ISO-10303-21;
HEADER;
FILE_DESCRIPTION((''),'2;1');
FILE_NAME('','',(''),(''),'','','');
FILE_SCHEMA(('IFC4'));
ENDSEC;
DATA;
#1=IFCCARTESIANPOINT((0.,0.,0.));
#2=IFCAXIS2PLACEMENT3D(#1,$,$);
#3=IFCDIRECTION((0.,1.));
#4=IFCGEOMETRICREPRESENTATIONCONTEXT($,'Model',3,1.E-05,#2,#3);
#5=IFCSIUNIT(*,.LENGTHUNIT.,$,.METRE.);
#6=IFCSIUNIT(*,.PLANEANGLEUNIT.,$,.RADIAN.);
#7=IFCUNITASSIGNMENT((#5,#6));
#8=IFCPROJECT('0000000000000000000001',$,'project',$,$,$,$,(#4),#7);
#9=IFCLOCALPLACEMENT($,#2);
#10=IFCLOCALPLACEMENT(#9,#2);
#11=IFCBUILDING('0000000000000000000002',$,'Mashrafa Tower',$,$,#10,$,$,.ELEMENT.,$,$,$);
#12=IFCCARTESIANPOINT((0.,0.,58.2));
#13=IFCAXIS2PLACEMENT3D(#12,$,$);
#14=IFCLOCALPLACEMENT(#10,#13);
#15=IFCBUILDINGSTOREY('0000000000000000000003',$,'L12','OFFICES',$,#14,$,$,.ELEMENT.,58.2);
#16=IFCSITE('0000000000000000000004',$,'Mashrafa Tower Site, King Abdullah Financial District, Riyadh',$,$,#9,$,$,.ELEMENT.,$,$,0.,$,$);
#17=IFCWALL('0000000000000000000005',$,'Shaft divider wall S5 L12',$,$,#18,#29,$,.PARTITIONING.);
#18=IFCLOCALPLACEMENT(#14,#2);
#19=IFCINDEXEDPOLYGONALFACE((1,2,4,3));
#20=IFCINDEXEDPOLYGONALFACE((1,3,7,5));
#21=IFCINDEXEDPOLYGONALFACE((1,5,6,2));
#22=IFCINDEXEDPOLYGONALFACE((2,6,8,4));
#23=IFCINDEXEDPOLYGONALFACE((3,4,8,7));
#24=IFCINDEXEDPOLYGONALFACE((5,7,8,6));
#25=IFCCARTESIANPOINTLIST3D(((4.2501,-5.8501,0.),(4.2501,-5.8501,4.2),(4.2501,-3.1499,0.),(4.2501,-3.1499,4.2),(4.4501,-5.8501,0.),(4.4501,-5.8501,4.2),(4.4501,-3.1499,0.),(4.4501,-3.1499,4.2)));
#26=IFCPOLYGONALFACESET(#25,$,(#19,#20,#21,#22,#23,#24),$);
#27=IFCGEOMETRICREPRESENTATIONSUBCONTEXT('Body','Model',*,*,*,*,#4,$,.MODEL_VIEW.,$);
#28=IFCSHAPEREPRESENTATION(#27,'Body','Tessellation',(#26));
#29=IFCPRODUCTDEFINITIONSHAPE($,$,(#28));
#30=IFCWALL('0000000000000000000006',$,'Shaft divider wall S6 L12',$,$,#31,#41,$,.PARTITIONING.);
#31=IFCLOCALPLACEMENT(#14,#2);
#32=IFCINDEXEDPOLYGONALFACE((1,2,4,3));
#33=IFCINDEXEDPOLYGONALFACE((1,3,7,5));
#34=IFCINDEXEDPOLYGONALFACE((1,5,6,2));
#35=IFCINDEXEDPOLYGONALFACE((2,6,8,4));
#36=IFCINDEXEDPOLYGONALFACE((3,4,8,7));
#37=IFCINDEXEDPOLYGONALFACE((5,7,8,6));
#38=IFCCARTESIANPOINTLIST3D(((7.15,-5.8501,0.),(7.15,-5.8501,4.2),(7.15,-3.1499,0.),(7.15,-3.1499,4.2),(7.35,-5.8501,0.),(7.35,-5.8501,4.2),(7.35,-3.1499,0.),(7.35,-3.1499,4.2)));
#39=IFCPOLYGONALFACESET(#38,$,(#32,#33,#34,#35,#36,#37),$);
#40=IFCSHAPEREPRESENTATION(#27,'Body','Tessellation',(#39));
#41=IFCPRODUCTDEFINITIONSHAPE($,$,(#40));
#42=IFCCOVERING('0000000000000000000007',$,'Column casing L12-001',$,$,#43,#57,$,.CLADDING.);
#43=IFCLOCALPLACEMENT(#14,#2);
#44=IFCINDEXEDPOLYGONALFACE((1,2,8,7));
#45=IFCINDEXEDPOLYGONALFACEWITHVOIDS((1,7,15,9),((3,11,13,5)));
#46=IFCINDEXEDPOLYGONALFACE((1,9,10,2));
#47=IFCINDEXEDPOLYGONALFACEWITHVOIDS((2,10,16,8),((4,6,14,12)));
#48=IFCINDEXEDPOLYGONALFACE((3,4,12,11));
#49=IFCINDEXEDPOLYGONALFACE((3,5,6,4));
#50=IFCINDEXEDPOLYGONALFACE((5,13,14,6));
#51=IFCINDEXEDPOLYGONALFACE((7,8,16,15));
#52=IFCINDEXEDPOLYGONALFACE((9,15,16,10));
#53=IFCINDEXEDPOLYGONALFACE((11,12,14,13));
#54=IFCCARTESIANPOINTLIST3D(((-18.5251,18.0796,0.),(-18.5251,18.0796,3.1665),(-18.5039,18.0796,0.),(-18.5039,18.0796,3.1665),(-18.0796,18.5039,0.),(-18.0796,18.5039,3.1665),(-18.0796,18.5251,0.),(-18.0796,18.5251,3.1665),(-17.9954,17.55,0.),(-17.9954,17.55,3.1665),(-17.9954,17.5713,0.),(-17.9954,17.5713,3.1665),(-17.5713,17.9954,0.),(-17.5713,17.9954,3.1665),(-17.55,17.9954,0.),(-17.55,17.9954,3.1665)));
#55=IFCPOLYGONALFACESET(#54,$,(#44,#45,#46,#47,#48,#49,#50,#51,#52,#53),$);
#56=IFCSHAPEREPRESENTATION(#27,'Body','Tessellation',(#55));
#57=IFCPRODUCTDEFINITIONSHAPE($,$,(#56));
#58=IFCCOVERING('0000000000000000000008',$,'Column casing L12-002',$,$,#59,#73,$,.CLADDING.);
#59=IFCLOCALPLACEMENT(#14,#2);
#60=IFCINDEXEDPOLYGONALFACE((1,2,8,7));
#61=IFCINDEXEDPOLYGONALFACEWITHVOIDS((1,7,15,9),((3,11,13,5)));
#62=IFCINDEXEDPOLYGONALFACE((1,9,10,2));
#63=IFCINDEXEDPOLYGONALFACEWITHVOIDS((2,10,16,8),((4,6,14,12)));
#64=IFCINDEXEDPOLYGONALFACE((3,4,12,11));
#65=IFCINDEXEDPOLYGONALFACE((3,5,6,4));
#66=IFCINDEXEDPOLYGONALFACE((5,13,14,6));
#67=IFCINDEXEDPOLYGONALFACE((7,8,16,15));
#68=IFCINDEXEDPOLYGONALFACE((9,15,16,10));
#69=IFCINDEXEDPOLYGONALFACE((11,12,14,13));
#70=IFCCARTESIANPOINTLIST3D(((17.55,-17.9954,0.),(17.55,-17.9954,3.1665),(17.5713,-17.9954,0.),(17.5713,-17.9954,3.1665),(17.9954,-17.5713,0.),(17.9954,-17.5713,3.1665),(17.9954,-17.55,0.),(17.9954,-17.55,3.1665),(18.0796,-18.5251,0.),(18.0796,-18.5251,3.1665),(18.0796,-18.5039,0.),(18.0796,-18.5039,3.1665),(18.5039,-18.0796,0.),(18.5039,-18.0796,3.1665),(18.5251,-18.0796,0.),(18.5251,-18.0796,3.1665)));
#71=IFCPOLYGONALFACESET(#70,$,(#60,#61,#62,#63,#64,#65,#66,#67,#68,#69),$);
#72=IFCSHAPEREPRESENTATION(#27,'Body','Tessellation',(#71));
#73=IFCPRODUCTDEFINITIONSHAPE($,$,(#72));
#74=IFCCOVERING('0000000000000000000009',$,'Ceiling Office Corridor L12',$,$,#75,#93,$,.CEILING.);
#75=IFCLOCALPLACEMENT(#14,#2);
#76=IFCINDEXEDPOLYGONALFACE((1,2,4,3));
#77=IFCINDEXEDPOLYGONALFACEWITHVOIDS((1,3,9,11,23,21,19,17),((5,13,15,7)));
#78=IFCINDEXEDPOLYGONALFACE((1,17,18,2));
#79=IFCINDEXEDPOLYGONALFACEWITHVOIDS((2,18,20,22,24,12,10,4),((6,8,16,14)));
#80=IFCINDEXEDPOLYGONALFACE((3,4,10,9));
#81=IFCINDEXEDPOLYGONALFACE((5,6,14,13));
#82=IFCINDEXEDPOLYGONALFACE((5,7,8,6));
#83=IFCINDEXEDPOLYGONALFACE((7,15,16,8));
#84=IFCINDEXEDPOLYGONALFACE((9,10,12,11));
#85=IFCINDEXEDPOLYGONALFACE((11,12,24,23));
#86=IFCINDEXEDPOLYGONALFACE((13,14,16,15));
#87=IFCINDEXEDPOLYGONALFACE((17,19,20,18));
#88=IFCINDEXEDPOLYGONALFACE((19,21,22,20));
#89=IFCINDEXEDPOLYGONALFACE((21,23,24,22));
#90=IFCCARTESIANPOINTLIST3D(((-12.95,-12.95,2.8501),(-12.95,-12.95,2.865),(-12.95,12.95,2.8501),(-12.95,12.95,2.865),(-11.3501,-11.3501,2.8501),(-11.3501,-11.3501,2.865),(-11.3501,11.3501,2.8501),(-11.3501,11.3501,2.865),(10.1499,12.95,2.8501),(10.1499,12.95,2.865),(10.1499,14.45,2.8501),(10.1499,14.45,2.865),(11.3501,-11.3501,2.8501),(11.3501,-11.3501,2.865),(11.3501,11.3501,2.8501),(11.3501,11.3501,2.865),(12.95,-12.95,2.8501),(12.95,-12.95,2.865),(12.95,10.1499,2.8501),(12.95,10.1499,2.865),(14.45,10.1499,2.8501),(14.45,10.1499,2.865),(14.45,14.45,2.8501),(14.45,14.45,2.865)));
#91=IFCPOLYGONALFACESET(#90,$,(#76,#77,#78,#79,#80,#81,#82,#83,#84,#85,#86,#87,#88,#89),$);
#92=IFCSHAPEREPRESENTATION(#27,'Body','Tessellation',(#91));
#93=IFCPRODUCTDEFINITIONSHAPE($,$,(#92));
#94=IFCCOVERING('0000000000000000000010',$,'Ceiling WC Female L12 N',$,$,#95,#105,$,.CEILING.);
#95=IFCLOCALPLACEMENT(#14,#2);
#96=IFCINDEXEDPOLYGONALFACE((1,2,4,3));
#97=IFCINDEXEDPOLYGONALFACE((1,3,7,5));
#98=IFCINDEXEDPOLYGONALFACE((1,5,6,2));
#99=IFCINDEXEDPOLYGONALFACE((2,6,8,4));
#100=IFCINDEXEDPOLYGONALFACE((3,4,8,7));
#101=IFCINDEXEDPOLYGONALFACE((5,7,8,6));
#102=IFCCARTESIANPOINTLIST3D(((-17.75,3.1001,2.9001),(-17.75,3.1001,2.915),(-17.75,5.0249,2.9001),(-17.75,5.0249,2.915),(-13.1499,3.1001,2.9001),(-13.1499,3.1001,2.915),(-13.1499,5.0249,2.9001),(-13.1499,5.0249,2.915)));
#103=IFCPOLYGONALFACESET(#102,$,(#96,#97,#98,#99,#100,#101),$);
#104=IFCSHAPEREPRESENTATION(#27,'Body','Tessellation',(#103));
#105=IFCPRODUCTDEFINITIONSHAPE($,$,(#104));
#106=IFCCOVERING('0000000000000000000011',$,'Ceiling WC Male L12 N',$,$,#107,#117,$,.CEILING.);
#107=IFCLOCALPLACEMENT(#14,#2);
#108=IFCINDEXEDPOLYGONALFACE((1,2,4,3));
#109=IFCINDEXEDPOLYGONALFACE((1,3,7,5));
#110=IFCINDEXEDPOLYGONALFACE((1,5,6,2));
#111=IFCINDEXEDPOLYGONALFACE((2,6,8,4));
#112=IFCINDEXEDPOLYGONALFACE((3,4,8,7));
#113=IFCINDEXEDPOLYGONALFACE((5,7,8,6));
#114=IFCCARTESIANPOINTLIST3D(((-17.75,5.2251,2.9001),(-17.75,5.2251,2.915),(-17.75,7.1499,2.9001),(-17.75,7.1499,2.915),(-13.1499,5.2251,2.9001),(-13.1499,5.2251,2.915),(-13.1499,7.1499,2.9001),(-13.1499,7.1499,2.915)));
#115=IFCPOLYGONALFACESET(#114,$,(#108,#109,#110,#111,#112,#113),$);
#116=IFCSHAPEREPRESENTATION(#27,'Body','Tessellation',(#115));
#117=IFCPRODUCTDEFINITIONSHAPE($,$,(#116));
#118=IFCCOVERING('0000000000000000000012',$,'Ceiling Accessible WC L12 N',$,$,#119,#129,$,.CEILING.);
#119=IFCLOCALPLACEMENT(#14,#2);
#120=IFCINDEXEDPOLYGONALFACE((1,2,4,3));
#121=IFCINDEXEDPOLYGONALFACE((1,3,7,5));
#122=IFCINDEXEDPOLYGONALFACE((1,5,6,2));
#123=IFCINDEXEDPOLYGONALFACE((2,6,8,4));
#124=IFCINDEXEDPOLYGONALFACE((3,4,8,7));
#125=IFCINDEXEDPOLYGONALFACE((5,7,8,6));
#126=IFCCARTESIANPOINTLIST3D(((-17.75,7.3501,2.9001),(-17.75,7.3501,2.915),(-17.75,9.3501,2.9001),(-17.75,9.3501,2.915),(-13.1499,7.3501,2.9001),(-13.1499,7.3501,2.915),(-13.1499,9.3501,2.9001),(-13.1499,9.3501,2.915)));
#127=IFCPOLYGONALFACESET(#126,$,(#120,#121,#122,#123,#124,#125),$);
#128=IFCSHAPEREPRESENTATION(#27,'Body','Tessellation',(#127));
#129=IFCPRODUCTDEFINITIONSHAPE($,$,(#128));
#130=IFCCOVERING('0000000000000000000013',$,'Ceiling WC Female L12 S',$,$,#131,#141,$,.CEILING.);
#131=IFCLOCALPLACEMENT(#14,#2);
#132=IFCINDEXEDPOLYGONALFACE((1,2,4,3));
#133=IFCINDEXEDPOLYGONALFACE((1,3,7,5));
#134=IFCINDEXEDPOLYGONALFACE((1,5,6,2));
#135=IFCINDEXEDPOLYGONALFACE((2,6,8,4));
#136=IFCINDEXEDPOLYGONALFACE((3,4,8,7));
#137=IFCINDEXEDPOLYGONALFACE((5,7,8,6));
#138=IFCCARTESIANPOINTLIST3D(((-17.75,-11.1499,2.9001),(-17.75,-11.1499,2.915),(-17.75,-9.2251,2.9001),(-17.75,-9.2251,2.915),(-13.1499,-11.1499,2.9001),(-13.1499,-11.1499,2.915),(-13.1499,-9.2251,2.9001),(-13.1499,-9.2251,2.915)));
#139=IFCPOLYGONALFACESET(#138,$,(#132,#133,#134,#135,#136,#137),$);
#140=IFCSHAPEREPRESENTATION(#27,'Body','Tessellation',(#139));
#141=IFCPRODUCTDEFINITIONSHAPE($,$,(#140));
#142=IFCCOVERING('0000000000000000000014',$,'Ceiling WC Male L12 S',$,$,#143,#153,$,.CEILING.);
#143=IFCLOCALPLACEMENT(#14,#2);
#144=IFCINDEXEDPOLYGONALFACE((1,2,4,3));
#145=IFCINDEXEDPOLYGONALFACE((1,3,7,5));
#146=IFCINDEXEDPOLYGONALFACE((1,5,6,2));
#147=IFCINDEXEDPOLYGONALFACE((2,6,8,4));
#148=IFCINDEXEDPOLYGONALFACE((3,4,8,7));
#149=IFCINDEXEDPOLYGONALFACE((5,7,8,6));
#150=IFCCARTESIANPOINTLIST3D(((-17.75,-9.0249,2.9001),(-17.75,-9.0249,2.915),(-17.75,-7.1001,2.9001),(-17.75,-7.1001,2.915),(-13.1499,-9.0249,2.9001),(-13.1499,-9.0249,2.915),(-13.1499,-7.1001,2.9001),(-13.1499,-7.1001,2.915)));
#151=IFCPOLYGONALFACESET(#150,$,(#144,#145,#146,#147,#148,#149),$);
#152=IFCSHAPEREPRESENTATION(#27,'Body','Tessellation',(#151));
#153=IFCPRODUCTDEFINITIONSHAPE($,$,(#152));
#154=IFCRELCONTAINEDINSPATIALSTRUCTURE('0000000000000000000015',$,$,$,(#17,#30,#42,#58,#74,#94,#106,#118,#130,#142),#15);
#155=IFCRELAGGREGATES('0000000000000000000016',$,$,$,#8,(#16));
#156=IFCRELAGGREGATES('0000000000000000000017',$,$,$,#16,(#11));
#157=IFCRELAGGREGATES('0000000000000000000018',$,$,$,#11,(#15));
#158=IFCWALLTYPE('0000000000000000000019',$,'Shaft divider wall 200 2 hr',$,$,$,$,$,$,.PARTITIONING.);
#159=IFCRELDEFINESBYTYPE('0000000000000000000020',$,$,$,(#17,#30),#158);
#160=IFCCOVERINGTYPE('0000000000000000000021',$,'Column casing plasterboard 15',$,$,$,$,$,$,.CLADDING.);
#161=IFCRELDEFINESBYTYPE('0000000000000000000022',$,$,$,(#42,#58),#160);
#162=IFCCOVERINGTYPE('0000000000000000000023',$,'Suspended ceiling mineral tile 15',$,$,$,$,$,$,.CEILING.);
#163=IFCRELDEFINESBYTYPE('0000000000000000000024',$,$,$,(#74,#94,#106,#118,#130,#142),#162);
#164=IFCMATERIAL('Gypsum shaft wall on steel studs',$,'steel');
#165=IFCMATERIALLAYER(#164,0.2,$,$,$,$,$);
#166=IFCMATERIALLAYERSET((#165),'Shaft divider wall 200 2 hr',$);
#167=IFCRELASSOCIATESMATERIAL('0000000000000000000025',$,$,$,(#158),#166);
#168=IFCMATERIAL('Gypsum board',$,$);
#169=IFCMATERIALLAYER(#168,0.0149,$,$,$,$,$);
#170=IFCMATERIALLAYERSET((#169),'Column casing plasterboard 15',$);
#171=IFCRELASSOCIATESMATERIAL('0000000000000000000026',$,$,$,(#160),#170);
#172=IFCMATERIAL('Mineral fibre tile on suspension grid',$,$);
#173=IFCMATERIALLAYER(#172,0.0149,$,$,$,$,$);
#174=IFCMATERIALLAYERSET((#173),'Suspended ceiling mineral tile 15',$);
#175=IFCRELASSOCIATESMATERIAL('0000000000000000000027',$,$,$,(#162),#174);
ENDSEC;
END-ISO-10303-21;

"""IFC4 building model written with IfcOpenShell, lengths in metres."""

from ifc_helpers import new_model, si_unit, direction, frame, frame_2d, origin, place, context, subcontext, project, spatial, polyline, rectangle, outline, extrude, material, layer, layer_set, type_object, element, save


model = new_model("IFC4")

# Units and contexts
model_context = context("Model", 3, precision=1e-05, world=origin(), true_north=direction((0.0, 1.0)))
body_context = subcontext(model_context, "Body", "Model", "MODEL_VIEW")
ifc_project = project(units=[si_unit("LENGTHUNIT", "METRE"), si_unit("PLANEANGLEUNIT", "RADIAN")], contexts=[model_context])

# Site, building, storey
site_placement = place(None, origin())
site = spatial("IfcSite", under=ifc_project, at=site_placement, Name="Mashrafa Tower Site, King Abdullah Financial District, Riyadh", CompositionType="ELEMENT", RefElevation=0.0)
building_placement = place(site_placement, origin())
building = spatial("IfcBuilding", under=site, at=building_placement, Name="Mashrafa Tower", CompositionType="ELEMENT")
storey_placement = place(building_placement, frame((0.0, 0.0, 58.2)))
storey = spatial("IfcBuildingStorey", under=building, at=storey_placement, Name="L12", Description="OFFICES", CompositionType="ELEMENT", Elevation=58.2)

# Walls
ifc_material_1 = material(Name="Gypsum shaft wall on steel studs", Category="steel")
ifc_layer_1 = layer(ifc_material_1, 0.2)
ifc_layer_set_1 = layer_set([ifc_layer_1], Name="Shaft divider wall 200 2 hr")
wall_type_1 = type_object("IfcWallType", Name="Shaft divider wall 200 2 hr", PredefinedType="PARTITIONING", material=ifc_layer_set_1)
for number, where, z_axis, x_axis, name in (
    (1, (4.3501, -5.8501, 0.0), (0.0, 0.0, 1.0), (0.0, 1.0, 0.0), "Shaft divider wall S5 L12"),
    (2, (7.25, -5.8501, 0.0), (0.0, 0.0, 1.0), (0.0, 1.0, 0.0), "Shaft divider wall S6 L12"),
):
    element("IfcWall", number, at=place(storey_placement, frame(where, z_axis=z_axis, x_axis=x_axis)), inside=storey, type_object=wall_type_1, Name=name, PredefinedType="PARTITIONING", context=body_context, shape_type="SweptSolid", body=[
        extrude(rectangle(XDim=2.7002, YDim=0.2, at=frame_2d((1.3501, 0.0))), origin(), (0.0, 0.0, 1.0), 4.2),
    ])

# Coverings
ifc_material_2 = material(Name="Gypsum board")
ifc_layer_2 = layer(ifc_material_2, 0.0149)
ifc_layer_set_2 = layer_set([ifc_layer_2], Name="Column casing plasterboard 15")
covering_type_1 = type_object("IfcCoveringType", Name="Column casing plasterboard 15", PredefinedType="CLADDING", material=ifc_layer_set_2)
covering_1_placement = place(storey_placement, origin())
element("IfcCovering", 3, at=covering_1_placement, inside=storey, type_object=covering_type_1, Name="Column casing L12-001", PredefinedType="CLADDING", context=body_context, shape_type="SweptSolid", body=[
    extrude(outline(polyline([(-18.5251, 18.0796), (-18.0796, 18.5251), (-17.55, 17.9954), (-17.9954, 17.55), (-18.5251, 18.0796)]), holes=[polyline([(-17.5713, 17.9954), (-18.0796, 18.5039), (-18.5039, 18.0796), (-17.9954, 17.5713), (-17.5713, 17.9954)])]), origin(), (0.0, 0.0, 1.0), 3.1665),
])
covering_2_placement = place(storey_placement, origin())
element("IfcCovering", 4, at=covering_2_placement, inside=storey, type_object=covering_type_1, Name="Column casing L12-002", PredefinedType="CLADDING", context=body_context, shape_type="SweptSolid", body=[
    extrude(outline(polyline([(17.55, -17.9954), (17.9954, -17.55), (18.5251, -18.0796), (18.0796, -18.5251), (17.55, -17.9954)]), holes=[polyline([(18.5039, -18.0796), (17.9954, -17.5713), (17.5713, -17.9954), (18.0796, -18.5039), (18.5039, -18.0796)])]), origin(), (0.0, 0.0, 1.0), 3.1665),
])
ifc_material_3 = material(Name="Mineral fibre tile on suspension grid")
ifc_layer_3 = layer(ifc_material_3, 0.0149)
ifc_layer_set_3 = layer_set([ifc_layer_3], Name="Suspended ceiling mineral tile 15")
covering_type_2 = type_object("IfcCoveringType", Name="Suspended ceiling mineral tile 15", PredefinedType="CEILING", material=ifc_layer_set_3)
covering_3_placement = place(storey_placement, frame((0.0, 0.0, 2.8501)))
element("IfcCovering", 5, at=covering_3_placement, inside=storey, type_object=covering_type_2, Name="Ceiling Office Corridor L12", PredefinedType="CEILING", context=body_context, shape_type="SweptSolid", body=[
    extrude(outline(polyline([(-12.95, -12.95), (-12.95, 12.95), (10.1499, 12.95), (10.1499, 14.45), (14.45, 14.45), (14.45, 10.1499), (12.95, 10.1499), (12.95, -12.95), (-12.95, -12.95)]), holes=[polyline([(11.3501, 11.3501), (-11.3501, 11.3501), (-11.3501, -11.3501), (11.3501, -11.3501), (11.3501, 11.3501)])]), origin(), (0.0, 0.0, 1.0), 0.0149),
])
covering_4_placement = place(storey_placement, frame((0.0, 0.0, 2.9001)))
element("IfcCovering", 6, at=covering_4_placement, inside=storey, type_object=covering_type_2, Name="Ceiling WC Female L12 N", PredefinedType="CEILING", context=body_context, shape_type="SweptSolid", body=[
    extrude(outline(polyline([(-17.75, 3.1001), (-17.75, 5.0249), (-13.1499, 5.0249), (-13.1499, 3.1001), (-17.75, 3.1001)])), origin(), (0.0, 0.0, 1.0), 0.0149),
])
covering_5_placement = place(storey_placement, frame((0.0, 0.0, 2.9001)))
element("IfcCovering", 7, at=covering_5_placement, inside=storey, type_object=covering_type_2, Name="Ceiling WC Male L12 N", PredefinedType="CEILING", context=body_context, shape_type="SweptSolid", body=[
    extrude(outline(polyline([(-17.75, 5.2251), (-17.75, 7.1499), (-13.1499, 7.1499), (-13.1499, 5.2251), (-17.75, 5.2251)])), origin(), (0.0, 0.0, 1.0), 0.0149),
])
covering_6_placement = place(storey_placement, frame((0.0, 0.0, 2.9001)))
element("IfcCovering", 8, at=covering_6_placement, inside=storey, type_object=covering_type_2, Name="Ceiling Accessible WC L12 N", PredefinedType="CEILING", context=body_context, shape_type="SweptSolid", body=[
    extrude(outline(polyline([(-17.75, 7.3501), (-17.75, 9.3501), (-13.1499, 9.3501), (-13.1499, 7.3501), (-17.75, 7.3501)])), origin(), (0.0, 0.0, 1.0), 0.0149),
])
covering_7_placement = place(storey_placement, frame((0.0, 0.0, 2.9001)))
element("IfcCovering", 9, at=covering_7_placement, inside=storey, type_object=covering_type_2, Name="Ceiling WC Female L12 S", PredefinedType="CEILING", context=body_context, shape_type="SweptSolid", body=[
    extrude(outline(polyline([(-17.75, -11.1499), (-17.75, -9.2251), (-13.1499, -9.2251), (-13.1499, -11.1499), (-17.75, -11.1499)])), origin(), (0.0, 0.0, 1.0), 0.0149),
])
covering_8_placement = place(storey_placement, frame((0.0, 0.0, 2.9001)))
element("IfcCovering", 10, at=covering_8_placement, inside=storey, type_object=covering_type_2, Name="Ceiling WC Male L12 S", PredefinedType="CEILING", context=body_context, shape_type="SweptSolid", body=[
    extrude(outline(polyline([(-17.75, -9.0249), (-17.75, -7.1001), (-13.1499, -7.1001), (-13.1499, -9.0249), (-17.75, -9.0249)])), origin(), (0.0, 0.0, 1.0), 0.0149),
])

save(model, "model.ifc")
